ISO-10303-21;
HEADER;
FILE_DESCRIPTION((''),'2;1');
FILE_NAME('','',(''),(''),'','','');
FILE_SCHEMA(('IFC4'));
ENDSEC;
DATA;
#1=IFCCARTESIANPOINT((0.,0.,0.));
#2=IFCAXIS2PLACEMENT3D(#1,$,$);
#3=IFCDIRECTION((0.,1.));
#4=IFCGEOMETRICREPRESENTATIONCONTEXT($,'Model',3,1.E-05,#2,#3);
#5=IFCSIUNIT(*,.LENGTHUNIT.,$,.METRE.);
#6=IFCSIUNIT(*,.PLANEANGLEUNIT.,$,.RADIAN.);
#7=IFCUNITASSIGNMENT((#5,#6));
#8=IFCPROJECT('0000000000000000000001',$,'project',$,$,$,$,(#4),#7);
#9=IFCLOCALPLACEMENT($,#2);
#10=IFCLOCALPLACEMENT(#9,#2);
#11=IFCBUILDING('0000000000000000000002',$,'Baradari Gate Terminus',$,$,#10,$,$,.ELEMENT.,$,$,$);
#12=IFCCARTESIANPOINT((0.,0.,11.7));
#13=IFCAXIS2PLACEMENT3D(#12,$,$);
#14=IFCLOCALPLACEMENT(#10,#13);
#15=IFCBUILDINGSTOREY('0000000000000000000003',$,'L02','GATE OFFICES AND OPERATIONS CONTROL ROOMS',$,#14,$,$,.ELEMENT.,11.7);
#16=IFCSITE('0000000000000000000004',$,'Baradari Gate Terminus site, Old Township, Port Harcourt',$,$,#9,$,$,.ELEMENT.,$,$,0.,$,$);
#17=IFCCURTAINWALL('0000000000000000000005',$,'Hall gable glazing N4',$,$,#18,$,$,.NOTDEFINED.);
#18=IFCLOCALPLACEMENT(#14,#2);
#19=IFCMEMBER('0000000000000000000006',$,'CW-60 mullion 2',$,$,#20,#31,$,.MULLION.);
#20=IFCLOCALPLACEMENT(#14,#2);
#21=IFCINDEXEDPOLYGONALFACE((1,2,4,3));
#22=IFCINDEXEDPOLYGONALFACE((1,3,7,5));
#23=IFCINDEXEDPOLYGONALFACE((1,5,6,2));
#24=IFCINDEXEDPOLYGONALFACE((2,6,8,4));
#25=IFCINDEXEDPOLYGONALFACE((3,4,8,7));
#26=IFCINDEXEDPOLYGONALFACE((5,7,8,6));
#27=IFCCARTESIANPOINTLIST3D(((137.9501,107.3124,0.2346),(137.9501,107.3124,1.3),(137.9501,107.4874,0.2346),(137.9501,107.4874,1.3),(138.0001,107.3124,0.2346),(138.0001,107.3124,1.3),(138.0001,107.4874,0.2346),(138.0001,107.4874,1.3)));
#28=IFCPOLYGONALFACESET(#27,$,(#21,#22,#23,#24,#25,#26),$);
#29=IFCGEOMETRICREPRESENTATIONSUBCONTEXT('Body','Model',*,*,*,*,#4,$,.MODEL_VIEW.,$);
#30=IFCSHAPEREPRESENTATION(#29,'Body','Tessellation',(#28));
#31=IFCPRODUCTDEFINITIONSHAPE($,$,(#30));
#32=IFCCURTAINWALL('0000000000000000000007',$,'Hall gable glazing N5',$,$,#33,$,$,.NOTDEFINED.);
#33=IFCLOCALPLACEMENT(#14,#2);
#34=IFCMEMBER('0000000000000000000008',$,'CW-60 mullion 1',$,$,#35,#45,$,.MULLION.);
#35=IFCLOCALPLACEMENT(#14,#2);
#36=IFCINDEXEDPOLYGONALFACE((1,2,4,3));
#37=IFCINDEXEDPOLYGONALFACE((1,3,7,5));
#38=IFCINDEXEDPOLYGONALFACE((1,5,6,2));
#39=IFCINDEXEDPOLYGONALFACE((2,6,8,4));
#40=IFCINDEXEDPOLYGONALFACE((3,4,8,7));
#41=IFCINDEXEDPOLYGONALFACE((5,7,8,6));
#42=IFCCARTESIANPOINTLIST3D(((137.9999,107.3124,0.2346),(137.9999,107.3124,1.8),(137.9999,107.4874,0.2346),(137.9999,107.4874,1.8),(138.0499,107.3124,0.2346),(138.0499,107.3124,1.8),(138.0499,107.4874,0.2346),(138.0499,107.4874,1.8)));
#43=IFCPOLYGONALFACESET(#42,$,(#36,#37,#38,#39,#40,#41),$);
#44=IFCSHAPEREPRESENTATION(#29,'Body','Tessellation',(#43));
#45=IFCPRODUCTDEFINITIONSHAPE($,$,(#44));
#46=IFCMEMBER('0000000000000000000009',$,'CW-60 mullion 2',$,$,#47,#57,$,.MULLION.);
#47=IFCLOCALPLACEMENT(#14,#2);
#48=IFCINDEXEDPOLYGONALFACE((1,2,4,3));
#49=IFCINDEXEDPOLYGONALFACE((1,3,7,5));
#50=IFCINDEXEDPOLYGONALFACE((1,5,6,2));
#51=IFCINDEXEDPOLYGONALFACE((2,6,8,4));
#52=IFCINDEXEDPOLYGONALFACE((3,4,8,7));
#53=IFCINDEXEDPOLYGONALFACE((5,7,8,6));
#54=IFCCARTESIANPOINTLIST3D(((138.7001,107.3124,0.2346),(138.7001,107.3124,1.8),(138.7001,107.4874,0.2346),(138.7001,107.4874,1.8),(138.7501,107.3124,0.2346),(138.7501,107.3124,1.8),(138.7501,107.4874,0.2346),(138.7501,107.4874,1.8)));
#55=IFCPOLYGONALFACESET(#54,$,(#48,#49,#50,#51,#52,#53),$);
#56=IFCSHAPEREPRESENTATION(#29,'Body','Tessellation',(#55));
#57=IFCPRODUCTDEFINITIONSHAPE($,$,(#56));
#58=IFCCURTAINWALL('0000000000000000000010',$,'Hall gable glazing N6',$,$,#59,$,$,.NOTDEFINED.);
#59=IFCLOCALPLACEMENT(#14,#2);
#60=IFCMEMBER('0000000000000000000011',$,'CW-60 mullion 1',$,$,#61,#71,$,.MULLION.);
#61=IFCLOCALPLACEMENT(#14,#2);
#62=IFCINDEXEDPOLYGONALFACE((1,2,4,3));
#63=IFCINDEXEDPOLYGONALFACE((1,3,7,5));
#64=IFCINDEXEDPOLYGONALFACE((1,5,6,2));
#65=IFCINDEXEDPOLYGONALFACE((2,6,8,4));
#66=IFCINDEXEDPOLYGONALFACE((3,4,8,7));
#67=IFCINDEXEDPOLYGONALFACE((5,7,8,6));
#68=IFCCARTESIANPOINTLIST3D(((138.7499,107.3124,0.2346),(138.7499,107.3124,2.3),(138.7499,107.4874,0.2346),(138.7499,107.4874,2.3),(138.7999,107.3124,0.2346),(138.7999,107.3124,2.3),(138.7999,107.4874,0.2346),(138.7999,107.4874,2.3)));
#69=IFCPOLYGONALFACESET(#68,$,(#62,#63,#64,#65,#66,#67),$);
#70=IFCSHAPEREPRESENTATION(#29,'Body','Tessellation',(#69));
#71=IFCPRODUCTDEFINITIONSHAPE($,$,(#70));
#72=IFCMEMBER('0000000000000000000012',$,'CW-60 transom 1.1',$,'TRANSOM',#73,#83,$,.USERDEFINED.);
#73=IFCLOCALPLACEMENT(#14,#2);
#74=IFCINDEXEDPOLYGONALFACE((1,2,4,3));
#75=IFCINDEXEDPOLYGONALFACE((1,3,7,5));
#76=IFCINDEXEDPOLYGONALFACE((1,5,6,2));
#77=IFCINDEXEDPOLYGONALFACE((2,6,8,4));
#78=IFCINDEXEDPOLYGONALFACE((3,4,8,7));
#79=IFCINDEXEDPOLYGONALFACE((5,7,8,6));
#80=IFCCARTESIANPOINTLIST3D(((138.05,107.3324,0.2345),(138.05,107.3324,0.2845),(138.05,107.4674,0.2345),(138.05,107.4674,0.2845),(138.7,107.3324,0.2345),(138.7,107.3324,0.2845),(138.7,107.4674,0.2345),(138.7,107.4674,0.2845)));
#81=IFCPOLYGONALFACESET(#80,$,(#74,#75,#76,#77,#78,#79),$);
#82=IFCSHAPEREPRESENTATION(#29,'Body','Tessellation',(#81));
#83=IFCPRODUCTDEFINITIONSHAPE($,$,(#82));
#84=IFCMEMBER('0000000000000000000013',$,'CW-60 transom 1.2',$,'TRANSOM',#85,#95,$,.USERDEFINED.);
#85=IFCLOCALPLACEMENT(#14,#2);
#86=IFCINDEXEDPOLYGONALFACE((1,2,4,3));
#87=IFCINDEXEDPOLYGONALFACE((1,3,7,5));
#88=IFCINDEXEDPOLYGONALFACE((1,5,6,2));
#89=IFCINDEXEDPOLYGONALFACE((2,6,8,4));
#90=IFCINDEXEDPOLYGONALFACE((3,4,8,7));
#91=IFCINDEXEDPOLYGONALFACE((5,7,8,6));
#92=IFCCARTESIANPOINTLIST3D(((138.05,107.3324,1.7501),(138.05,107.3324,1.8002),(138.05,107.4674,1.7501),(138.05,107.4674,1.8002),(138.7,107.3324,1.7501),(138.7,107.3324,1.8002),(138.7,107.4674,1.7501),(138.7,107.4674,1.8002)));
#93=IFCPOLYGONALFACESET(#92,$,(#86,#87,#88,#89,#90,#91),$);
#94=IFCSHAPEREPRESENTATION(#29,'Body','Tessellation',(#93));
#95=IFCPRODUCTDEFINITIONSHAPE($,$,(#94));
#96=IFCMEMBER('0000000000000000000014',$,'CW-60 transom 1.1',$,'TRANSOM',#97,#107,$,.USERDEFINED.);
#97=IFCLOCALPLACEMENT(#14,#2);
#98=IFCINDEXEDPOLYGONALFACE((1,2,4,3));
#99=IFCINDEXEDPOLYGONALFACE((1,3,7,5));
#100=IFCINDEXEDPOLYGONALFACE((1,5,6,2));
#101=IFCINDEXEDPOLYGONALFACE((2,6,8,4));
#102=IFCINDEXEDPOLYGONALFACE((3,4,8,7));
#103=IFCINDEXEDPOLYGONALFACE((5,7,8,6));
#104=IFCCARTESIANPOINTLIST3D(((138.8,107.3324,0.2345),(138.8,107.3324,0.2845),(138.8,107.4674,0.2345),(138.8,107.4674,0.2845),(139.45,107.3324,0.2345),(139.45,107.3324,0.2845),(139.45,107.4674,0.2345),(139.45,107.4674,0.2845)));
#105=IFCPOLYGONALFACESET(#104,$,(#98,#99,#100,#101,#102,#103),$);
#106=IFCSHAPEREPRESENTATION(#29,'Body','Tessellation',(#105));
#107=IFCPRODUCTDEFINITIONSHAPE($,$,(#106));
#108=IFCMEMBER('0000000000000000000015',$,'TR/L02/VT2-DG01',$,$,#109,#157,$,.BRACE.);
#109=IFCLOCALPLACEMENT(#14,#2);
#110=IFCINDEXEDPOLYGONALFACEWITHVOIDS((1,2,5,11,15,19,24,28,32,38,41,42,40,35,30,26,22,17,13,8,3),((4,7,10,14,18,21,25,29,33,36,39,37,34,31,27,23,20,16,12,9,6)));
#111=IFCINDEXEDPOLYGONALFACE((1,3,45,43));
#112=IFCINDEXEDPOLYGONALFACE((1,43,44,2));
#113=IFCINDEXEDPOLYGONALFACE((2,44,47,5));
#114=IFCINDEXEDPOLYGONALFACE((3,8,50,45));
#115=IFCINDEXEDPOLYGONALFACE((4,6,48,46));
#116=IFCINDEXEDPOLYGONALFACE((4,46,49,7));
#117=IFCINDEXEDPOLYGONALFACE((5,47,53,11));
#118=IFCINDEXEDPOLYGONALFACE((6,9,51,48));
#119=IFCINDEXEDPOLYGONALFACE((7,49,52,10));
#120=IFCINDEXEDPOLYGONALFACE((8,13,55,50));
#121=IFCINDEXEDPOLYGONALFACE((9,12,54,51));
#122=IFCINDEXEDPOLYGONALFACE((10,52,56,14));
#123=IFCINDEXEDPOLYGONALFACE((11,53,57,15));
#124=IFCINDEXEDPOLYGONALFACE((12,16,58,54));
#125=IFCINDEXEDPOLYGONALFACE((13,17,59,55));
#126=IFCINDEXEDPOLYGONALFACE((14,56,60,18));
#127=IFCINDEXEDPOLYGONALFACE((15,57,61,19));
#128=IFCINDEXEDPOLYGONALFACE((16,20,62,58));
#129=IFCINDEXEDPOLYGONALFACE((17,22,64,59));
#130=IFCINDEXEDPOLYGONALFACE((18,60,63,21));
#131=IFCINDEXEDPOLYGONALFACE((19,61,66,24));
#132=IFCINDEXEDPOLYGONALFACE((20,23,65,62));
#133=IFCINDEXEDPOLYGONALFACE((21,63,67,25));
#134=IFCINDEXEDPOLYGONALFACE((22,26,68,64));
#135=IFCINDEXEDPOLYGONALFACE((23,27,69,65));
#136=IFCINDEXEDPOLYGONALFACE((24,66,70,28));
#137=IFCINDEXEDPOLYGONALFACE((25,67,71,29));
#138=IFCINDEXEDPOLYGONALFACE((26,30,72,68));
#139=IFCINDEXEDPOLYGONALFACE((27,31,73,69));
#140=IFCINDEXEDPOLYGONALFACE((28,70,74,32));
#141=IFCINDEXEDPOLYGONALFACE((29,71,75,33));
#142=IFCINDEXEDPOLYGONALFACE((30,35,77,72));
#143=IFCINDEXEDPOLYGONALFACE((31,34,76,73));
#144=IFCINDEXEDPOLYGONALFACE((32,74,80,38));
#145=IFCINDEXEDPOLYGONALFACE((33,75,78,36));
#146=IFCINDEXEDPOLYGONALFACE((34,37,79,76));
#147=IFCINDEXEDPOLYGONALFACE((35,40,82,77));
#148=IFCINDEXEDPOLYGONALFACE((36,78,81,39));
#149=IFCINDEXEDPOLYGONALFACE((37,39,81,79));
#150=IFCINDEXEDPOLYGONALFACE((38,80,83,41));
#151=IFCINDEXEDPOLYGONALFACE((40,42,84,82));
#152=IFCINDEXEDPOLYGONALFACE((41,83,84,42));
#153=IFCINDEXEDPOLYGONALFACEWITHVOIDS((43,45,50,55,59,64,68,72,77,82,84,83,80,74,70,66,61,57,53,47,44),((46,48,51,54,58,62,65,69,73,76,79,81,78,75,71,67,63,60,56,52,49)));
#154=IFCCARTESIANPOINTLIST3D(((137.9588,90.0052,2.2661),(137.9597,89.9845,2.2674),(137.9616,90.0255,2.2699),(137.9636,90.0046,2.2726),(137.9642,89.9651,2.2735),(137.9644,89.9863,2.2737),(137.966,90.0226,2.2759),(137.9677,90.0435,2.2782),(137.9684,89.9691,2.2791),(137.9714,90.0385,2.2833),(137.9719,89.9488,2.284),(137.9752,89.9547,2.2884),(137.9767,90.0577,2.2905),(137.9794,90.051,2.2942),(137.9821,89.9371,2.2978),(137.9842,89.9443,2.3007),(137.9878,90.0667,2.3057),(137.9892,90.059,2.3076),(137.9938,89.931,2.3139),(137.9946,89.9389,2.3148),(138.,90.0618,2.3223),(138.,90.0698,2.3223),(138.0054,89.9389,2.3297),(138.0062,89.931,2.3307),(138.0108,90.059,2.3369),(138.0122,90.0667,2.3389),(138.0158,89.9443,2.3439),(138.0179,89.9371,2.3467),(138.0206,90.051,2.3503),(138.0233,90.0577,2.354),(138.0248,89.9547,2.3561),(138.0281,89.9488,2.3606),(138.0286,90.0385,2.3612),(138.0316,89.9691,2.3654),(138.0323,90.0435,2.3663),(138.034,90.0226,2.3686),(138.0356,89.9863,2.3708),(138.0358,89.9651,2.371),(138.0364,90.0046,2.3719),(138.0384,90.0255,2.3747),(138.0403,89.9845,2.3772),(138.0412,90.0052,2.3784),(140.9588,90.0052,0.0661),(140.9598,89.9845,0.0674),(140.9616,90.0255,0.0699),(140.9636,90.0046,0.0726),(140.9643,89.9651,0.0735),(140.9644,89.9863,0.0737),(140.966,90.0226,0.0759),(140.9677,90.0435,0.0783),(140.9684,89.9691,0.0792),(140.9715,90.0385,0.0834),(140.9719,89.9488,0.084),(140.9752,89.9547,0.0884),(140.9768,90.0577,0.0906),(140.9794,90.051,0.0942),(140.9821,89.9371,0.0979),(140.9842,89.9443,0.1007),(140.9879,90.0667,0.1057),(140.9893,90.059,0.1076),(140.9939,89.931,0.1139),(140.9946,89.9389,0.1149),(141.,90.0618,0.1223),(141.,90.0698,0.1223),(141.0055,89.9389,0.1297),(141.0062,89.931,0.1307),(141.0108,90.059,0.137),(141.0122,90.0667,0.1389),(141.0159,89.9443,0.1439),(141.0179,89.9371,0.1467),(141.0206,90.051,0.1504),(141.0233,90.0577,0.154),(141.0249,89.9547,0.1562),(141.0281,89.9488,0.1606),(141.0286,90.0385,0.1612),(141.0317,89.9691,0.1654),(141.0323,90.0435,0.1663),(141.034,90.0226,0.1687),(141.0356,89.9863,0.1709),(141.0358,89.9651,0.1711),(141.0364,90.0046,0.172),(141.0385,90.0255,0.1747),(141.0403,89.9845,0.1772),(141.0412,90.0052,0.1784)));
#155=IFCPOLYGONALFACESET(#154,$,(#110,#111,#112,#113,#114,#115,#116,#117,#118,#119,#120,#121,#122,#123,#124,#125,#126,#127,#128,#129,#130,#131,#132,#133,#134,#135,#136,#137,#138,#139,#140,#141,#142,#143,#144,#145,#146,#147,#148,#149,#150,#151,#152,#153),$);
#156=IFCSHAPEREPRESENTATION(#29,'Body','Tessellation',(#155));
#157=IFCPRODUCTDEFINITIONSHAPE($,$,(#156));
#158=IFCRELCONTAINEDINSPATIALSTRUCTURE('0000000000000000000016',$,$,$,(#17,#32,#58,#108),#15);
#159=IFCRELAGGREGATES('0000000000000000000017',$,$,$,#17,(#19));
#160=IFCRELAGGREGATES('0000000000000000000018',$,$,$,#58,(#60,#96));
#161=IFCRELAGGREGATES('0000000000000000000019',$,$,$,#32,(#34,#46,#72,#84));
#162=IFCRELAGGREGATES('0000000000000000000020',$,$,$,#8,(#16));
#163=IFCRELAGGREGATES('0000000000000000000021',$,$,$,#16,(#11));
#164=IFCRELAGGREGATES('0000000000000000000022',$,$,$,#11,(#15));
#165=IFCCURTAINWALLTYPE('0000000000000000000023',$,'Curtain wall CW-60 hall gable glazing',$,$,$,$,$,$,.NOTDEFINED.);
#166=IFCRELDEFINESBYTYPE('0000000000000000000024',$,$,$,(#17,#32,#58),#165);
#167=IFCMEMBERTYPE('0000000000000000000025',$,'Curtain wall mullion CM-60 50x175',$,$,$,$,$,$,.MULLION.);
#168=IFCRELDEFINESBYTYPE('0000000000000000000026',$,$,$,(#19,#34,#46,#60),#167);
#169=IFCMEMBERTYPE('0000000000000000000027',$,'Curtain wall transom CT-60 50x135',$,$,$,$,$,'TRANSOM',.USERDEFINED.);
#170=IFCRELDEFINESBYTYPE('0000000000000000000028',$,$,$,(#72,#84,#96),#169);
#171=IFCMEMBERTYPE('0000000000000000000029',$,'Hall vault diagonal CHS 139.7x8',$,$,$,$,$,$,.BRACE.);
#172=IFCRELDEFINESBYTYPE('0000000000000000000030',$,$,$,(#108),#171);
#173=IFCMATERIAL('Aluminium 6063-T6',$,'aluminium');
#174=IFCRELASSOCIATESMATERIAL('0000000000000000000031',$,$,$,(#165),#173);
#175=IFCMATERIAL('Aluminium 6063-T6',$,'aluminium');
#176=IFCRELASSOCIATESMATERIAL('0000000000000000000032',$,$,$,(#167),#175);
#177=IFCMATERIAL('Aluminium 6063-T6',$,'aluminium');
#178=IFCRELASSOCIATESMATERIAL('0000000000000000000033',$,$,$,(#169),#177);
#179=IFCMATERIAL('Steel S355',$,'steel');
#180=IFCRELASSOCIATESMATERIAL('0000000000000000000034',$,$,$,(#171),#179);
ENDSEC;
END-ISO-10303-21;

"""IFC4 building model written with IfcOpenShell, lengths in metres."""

from ifc_helpers import new_model, si_unit, direction, frame, origin, origin_2d, place, context, subcontext, project, spatial, rectangle, hollow_circle, extrude, material, material_profile, profile_set, type_object, element, aggregate, save


model = new_model("IFC4")

# Units and contexts
model_context = context("Model", 3, precision=1e-05, world=origin(), true_north=direction((0.0, 1.0)))
body_context = subcontext(model_context, "Body", "Model", "MODEL_VIEW")
ifc_project = project(units=[si_unit("LENGTHUNIT", "METRE"), si_unit("PLANEANGLEUNIT", "RADIAN")], contexts=[model_context])

# Site, building, storey
site_placement = place(None, origin())
site = spatial("IfcSite", under=ifc_project, at=site_placement, Name="Baradari Gate Terminus site, Old Township, Port Harcourt", CompositionType="ELEMENT", RefElevation=0.0)
building_placement = place(site_placement, origin())
building = spatial("IfcBuilding", under=site, at=building_placement, Name="Baradari Gate Terminus", CompositionType="ELEMENT")
storey_placement = place(building_placement, frame((0.0, 0.0, 11.7)))
storey = spatial("IfcBuildingStorey", under=building, at=storey_placement, Name="L02", Description="GATE OFFICES AND OPERATIONS CONTROL ROOMS", CompositionType="ELEMENT", Elevation=11.7)

# Curtain wall, member
ifc_material_1 = material(Name="Aluminium 6063-T6", Category="aluminium")
curtain_wall_type = type_object("IfcCurtainWallType", Name="Curtain wall CW-60 hall gable glazing", PredefinedType="NOTDEFINED", material=ifc_material_1)
curtain_wall_1_placement = place(storey_placement, origin())
curtain_wall_1 = element("IfcCurtainWall", 1, at=curtain_wall_1_placement, inside=storey, type_object=curtain_wall_type, Name="Hall gable glazing N4", PredefinedType="NOTDEFINED")
ifc_material_2 = material(Name="Aluminium 6063-T6", Category="aluminium")
ifc_material_profile_1 = material_profile(ifc_material_2, rectangle(XDim=0.175, YDim=0.05, at=origin_2d()), Name="CM-60 50X175")
ifc_profile_set_1 = profile_set([ifc_material_profile_1], Name="Aluminium 6063-T6")
member_type_1 = type_object("IfcMemberType", Name="Curtain wall mullion CM-60 50x175", PredefinedType="MULLION", material=ifc_profile_set_1)
member_1_placement = place(storey_placement, frame((137.9751, 107.3999, 0.2346), z_axis=(0.0, 0.0, 1.0), x_axis=(0.0, 1.0, 0.0)))
member_1 = element("IfcMember", 2, at=member_1_placement, type_object=member_type_1, Name="CW-60 mullion 2", PredefinedType="MULLION", context=body_context, shape_type="SweptSolid", body=[
    extrude(rectangle(XDim=0.175, YDim=0.05, at=origin_2d()), origin(), (0.0, 0.0, 1.0), 1.0654),
])
aggregate(curtain_wall_1, [member_1])

# Curtain wall, members
curtain_wall_2_placement = place(storey_placement, origin())
curtain_wall_2 = element("IfcCurtainWall", 3, at=curtain_wall_2_placement, inside=storey, type_object=curtain_wall_type, Name="Hall gable glazing N5", PredefinedType="NOTDEFINED")
member_2_placement = place(storey_placement, frame((138.0249, 107.3999, 0.2346), z_axis=(0.0, 0.0, 1.0), x_axis=(0.0, 1.0, 0.0)))
member_2 = element("IfcMember", 4, at=member_2_placement, type_object=member_type_1, Name="CW-60 mullion 1", PredefinedType="MULLION", context=body_context, shape_type="SweptSolid", body=[
    extrude(rectangle(XDim=0.175, YDim=0.05, at=origin_2d()), origin(), (0.0, 0.0, 1.0), 1.5654),
])
member_3_placement = place(storey_placement, frame((138.7251, 107.3999, 0.2346), z_axis=(0.0, 0.0, 1.0), x_axis=(0.0, 1.0, 0.0)))
member_3 = element("IfcMember", 5, at=member_3_placement, type_object=member_type_1, Name="CW-60 mullion 2", PredefinedType="MULLION", context=body_context, shape_type="SweptSolid", body=[
    extrude(rectangle(XDim=0.175, YDim=0.05, at=origin_2d()), origin(), (0.0, 0.0, 1.0), 1.5654),
])

# Curtain wall, member
curtain_wall_3_placement = place(storey_placement, origin())
curtain_wall_3 = element("IfcCurtainWall", 6, at=curtain_wall_3_placement, inside=storey, type_object=curtain_wall_type, Name="Hall gable glazing N6", PredefinedType="NOTDEFINED")
member_4_placement = place(storey_placement, frame((138.7749, 107.3999, 0.2346), z_axis=(0.0, 0.0, 1.0), x_axis=(0.0, 1.0, 0.0)))
member_4 = element("IfcMember", 7, at=member_4_placement, type_object=member_type_1, Name="CW-60 mullion 1", PredefinedType="MULLION", context=body_context, shape_type="SweptSolid", body=[
    extrude(rectangle(XDim=0.175, YDim=0.05, at=origin_2d()), origin(), (0.0, 0.0, 1.0), 2.0654),
])

# Members
ifc_material_3 = material(Name="Aluminium 6063-T6", Category="aluminium")
ifc_material_profile_2 = material_profile(ifc_material_3, rectangle(XDim=0.135, YDim=0.05, at=origin_2d()), Name="CT-60 50X135")
ifc_profile_set_2 = profile_set([ifc_material_profile_2], Name="Aluminium 6063-T6")
member_type_2 = type_object("IfcMemberType", Name="Curtain wall transom CT-60 50x135", ElementType="TRANSOM", PredefinedType="USERDEFINED", material=ifc_profile_set_2)
member_5_placement = place(storey_placement, frame((138.05, 107.3999, 0.2595), z_axis=(1.0, 0.0, 0.0), x_axis=(0.0, 1.0, 0.0)))
member_5 = element("IfcMember", 8, at=member_5_placement, type_object=member_type_2, Name="CW-60 transom 1.1", ObjectType="TRANSOM", PredefinedType="USERDEFINED", context=body_context, shape_type="SweptSolid", body=[
    extrude(rectangle(XDim=0.135, YDim=0.05, at=origin_2d()), origin(), (0.0, 0.0, 1.0), 0.6499),
])
member_6_placement = place(storey_placement, frame((138.05, 107.3999, 1.7751), z_axis=(1.0, 0.0, 0.0), x_axis=(0.0, 1.0, 0.0)))
member_6 = element("IfcMember", 9, at=member_6_placement, type_object=member_type_2, Name="CW-60 transom 1.2", ObjectType="TRANSOM", PredefinedType="USERDEFINED", context=body_context, shape_type="SweptSolid", body=[
    extrude(rectangle(XDim=0.135, YDim=0.05, at=origin_2d()), origin(), (0.0, 0.0, 1.0), 0.6499),
])
member_7_placement = place(storey_placement, frame((138.8, 107.3999, 0.2595), z_axis=(1.0, 0.0, 0.0), x_axis=(0.0, 1.0, 0.0)))
member_7 = element("IfcMember", 10, at=member_7_placement, type_object=member_type_2, Name="CW-60 transom 1.1", ObjectType="TRANSOM", PredefinedType="USERDEFINED", context=body_context, shape_type="SweptSolid", body=[
    extrude(rectangle(XDim=0.135, YDim=0.05, at=origin_2d()), origin(), (0.0, 0.0, 1.0), 0.6499),
])
aggregate(curtain_wall_3, [member_4, member_7])

# Member
ifc_material_4 = material(Name="Steel S355", Category="steel")
ifc_material_profile_3 = material_profile(ifc_material_4, hollow_circle(Radius=0.0698, WallThickness=0.0081, at=origin_2d()), Name="CHS 139.7x8")
ifc_profile_set_3 = profile_set([ifc_material_profile_3], Name="Steel S355")
member_type_3 = type_object("IfcMemberType", Name="Hall vault diagonal CHS 139.7x8", PredefinedType="BRACE", material=ifc_profile_set_3)
for number, where, z_axis, x_axis, name in (
    (11, (138.0, 90.0, 2.3223), (0.806411, 0.0, -0.591355), (0.0, 1.0, 0.0), "TR/L02/VT2-DG01"),
):
    element("IfcMember", number, at=place(storey_placement, frame(where, z_axis=z_axis, x_axis=x_axis)), inside=storey, type_object=member_type_3, Name=name, PredefinedType="BRACE", context=body_context, shape_type="SweptSolid", body=[
        extrude(hollow_circle(Radius=0.0698, WallThickness=0.0081, at=origin_2d()), origin(), (0.0, 0.0, 1.0), 3.7202),
    ])

aggregate(curtain_wall_2, [member_2, member_3, member_5, member_6])

save(model, "model.ifc")
